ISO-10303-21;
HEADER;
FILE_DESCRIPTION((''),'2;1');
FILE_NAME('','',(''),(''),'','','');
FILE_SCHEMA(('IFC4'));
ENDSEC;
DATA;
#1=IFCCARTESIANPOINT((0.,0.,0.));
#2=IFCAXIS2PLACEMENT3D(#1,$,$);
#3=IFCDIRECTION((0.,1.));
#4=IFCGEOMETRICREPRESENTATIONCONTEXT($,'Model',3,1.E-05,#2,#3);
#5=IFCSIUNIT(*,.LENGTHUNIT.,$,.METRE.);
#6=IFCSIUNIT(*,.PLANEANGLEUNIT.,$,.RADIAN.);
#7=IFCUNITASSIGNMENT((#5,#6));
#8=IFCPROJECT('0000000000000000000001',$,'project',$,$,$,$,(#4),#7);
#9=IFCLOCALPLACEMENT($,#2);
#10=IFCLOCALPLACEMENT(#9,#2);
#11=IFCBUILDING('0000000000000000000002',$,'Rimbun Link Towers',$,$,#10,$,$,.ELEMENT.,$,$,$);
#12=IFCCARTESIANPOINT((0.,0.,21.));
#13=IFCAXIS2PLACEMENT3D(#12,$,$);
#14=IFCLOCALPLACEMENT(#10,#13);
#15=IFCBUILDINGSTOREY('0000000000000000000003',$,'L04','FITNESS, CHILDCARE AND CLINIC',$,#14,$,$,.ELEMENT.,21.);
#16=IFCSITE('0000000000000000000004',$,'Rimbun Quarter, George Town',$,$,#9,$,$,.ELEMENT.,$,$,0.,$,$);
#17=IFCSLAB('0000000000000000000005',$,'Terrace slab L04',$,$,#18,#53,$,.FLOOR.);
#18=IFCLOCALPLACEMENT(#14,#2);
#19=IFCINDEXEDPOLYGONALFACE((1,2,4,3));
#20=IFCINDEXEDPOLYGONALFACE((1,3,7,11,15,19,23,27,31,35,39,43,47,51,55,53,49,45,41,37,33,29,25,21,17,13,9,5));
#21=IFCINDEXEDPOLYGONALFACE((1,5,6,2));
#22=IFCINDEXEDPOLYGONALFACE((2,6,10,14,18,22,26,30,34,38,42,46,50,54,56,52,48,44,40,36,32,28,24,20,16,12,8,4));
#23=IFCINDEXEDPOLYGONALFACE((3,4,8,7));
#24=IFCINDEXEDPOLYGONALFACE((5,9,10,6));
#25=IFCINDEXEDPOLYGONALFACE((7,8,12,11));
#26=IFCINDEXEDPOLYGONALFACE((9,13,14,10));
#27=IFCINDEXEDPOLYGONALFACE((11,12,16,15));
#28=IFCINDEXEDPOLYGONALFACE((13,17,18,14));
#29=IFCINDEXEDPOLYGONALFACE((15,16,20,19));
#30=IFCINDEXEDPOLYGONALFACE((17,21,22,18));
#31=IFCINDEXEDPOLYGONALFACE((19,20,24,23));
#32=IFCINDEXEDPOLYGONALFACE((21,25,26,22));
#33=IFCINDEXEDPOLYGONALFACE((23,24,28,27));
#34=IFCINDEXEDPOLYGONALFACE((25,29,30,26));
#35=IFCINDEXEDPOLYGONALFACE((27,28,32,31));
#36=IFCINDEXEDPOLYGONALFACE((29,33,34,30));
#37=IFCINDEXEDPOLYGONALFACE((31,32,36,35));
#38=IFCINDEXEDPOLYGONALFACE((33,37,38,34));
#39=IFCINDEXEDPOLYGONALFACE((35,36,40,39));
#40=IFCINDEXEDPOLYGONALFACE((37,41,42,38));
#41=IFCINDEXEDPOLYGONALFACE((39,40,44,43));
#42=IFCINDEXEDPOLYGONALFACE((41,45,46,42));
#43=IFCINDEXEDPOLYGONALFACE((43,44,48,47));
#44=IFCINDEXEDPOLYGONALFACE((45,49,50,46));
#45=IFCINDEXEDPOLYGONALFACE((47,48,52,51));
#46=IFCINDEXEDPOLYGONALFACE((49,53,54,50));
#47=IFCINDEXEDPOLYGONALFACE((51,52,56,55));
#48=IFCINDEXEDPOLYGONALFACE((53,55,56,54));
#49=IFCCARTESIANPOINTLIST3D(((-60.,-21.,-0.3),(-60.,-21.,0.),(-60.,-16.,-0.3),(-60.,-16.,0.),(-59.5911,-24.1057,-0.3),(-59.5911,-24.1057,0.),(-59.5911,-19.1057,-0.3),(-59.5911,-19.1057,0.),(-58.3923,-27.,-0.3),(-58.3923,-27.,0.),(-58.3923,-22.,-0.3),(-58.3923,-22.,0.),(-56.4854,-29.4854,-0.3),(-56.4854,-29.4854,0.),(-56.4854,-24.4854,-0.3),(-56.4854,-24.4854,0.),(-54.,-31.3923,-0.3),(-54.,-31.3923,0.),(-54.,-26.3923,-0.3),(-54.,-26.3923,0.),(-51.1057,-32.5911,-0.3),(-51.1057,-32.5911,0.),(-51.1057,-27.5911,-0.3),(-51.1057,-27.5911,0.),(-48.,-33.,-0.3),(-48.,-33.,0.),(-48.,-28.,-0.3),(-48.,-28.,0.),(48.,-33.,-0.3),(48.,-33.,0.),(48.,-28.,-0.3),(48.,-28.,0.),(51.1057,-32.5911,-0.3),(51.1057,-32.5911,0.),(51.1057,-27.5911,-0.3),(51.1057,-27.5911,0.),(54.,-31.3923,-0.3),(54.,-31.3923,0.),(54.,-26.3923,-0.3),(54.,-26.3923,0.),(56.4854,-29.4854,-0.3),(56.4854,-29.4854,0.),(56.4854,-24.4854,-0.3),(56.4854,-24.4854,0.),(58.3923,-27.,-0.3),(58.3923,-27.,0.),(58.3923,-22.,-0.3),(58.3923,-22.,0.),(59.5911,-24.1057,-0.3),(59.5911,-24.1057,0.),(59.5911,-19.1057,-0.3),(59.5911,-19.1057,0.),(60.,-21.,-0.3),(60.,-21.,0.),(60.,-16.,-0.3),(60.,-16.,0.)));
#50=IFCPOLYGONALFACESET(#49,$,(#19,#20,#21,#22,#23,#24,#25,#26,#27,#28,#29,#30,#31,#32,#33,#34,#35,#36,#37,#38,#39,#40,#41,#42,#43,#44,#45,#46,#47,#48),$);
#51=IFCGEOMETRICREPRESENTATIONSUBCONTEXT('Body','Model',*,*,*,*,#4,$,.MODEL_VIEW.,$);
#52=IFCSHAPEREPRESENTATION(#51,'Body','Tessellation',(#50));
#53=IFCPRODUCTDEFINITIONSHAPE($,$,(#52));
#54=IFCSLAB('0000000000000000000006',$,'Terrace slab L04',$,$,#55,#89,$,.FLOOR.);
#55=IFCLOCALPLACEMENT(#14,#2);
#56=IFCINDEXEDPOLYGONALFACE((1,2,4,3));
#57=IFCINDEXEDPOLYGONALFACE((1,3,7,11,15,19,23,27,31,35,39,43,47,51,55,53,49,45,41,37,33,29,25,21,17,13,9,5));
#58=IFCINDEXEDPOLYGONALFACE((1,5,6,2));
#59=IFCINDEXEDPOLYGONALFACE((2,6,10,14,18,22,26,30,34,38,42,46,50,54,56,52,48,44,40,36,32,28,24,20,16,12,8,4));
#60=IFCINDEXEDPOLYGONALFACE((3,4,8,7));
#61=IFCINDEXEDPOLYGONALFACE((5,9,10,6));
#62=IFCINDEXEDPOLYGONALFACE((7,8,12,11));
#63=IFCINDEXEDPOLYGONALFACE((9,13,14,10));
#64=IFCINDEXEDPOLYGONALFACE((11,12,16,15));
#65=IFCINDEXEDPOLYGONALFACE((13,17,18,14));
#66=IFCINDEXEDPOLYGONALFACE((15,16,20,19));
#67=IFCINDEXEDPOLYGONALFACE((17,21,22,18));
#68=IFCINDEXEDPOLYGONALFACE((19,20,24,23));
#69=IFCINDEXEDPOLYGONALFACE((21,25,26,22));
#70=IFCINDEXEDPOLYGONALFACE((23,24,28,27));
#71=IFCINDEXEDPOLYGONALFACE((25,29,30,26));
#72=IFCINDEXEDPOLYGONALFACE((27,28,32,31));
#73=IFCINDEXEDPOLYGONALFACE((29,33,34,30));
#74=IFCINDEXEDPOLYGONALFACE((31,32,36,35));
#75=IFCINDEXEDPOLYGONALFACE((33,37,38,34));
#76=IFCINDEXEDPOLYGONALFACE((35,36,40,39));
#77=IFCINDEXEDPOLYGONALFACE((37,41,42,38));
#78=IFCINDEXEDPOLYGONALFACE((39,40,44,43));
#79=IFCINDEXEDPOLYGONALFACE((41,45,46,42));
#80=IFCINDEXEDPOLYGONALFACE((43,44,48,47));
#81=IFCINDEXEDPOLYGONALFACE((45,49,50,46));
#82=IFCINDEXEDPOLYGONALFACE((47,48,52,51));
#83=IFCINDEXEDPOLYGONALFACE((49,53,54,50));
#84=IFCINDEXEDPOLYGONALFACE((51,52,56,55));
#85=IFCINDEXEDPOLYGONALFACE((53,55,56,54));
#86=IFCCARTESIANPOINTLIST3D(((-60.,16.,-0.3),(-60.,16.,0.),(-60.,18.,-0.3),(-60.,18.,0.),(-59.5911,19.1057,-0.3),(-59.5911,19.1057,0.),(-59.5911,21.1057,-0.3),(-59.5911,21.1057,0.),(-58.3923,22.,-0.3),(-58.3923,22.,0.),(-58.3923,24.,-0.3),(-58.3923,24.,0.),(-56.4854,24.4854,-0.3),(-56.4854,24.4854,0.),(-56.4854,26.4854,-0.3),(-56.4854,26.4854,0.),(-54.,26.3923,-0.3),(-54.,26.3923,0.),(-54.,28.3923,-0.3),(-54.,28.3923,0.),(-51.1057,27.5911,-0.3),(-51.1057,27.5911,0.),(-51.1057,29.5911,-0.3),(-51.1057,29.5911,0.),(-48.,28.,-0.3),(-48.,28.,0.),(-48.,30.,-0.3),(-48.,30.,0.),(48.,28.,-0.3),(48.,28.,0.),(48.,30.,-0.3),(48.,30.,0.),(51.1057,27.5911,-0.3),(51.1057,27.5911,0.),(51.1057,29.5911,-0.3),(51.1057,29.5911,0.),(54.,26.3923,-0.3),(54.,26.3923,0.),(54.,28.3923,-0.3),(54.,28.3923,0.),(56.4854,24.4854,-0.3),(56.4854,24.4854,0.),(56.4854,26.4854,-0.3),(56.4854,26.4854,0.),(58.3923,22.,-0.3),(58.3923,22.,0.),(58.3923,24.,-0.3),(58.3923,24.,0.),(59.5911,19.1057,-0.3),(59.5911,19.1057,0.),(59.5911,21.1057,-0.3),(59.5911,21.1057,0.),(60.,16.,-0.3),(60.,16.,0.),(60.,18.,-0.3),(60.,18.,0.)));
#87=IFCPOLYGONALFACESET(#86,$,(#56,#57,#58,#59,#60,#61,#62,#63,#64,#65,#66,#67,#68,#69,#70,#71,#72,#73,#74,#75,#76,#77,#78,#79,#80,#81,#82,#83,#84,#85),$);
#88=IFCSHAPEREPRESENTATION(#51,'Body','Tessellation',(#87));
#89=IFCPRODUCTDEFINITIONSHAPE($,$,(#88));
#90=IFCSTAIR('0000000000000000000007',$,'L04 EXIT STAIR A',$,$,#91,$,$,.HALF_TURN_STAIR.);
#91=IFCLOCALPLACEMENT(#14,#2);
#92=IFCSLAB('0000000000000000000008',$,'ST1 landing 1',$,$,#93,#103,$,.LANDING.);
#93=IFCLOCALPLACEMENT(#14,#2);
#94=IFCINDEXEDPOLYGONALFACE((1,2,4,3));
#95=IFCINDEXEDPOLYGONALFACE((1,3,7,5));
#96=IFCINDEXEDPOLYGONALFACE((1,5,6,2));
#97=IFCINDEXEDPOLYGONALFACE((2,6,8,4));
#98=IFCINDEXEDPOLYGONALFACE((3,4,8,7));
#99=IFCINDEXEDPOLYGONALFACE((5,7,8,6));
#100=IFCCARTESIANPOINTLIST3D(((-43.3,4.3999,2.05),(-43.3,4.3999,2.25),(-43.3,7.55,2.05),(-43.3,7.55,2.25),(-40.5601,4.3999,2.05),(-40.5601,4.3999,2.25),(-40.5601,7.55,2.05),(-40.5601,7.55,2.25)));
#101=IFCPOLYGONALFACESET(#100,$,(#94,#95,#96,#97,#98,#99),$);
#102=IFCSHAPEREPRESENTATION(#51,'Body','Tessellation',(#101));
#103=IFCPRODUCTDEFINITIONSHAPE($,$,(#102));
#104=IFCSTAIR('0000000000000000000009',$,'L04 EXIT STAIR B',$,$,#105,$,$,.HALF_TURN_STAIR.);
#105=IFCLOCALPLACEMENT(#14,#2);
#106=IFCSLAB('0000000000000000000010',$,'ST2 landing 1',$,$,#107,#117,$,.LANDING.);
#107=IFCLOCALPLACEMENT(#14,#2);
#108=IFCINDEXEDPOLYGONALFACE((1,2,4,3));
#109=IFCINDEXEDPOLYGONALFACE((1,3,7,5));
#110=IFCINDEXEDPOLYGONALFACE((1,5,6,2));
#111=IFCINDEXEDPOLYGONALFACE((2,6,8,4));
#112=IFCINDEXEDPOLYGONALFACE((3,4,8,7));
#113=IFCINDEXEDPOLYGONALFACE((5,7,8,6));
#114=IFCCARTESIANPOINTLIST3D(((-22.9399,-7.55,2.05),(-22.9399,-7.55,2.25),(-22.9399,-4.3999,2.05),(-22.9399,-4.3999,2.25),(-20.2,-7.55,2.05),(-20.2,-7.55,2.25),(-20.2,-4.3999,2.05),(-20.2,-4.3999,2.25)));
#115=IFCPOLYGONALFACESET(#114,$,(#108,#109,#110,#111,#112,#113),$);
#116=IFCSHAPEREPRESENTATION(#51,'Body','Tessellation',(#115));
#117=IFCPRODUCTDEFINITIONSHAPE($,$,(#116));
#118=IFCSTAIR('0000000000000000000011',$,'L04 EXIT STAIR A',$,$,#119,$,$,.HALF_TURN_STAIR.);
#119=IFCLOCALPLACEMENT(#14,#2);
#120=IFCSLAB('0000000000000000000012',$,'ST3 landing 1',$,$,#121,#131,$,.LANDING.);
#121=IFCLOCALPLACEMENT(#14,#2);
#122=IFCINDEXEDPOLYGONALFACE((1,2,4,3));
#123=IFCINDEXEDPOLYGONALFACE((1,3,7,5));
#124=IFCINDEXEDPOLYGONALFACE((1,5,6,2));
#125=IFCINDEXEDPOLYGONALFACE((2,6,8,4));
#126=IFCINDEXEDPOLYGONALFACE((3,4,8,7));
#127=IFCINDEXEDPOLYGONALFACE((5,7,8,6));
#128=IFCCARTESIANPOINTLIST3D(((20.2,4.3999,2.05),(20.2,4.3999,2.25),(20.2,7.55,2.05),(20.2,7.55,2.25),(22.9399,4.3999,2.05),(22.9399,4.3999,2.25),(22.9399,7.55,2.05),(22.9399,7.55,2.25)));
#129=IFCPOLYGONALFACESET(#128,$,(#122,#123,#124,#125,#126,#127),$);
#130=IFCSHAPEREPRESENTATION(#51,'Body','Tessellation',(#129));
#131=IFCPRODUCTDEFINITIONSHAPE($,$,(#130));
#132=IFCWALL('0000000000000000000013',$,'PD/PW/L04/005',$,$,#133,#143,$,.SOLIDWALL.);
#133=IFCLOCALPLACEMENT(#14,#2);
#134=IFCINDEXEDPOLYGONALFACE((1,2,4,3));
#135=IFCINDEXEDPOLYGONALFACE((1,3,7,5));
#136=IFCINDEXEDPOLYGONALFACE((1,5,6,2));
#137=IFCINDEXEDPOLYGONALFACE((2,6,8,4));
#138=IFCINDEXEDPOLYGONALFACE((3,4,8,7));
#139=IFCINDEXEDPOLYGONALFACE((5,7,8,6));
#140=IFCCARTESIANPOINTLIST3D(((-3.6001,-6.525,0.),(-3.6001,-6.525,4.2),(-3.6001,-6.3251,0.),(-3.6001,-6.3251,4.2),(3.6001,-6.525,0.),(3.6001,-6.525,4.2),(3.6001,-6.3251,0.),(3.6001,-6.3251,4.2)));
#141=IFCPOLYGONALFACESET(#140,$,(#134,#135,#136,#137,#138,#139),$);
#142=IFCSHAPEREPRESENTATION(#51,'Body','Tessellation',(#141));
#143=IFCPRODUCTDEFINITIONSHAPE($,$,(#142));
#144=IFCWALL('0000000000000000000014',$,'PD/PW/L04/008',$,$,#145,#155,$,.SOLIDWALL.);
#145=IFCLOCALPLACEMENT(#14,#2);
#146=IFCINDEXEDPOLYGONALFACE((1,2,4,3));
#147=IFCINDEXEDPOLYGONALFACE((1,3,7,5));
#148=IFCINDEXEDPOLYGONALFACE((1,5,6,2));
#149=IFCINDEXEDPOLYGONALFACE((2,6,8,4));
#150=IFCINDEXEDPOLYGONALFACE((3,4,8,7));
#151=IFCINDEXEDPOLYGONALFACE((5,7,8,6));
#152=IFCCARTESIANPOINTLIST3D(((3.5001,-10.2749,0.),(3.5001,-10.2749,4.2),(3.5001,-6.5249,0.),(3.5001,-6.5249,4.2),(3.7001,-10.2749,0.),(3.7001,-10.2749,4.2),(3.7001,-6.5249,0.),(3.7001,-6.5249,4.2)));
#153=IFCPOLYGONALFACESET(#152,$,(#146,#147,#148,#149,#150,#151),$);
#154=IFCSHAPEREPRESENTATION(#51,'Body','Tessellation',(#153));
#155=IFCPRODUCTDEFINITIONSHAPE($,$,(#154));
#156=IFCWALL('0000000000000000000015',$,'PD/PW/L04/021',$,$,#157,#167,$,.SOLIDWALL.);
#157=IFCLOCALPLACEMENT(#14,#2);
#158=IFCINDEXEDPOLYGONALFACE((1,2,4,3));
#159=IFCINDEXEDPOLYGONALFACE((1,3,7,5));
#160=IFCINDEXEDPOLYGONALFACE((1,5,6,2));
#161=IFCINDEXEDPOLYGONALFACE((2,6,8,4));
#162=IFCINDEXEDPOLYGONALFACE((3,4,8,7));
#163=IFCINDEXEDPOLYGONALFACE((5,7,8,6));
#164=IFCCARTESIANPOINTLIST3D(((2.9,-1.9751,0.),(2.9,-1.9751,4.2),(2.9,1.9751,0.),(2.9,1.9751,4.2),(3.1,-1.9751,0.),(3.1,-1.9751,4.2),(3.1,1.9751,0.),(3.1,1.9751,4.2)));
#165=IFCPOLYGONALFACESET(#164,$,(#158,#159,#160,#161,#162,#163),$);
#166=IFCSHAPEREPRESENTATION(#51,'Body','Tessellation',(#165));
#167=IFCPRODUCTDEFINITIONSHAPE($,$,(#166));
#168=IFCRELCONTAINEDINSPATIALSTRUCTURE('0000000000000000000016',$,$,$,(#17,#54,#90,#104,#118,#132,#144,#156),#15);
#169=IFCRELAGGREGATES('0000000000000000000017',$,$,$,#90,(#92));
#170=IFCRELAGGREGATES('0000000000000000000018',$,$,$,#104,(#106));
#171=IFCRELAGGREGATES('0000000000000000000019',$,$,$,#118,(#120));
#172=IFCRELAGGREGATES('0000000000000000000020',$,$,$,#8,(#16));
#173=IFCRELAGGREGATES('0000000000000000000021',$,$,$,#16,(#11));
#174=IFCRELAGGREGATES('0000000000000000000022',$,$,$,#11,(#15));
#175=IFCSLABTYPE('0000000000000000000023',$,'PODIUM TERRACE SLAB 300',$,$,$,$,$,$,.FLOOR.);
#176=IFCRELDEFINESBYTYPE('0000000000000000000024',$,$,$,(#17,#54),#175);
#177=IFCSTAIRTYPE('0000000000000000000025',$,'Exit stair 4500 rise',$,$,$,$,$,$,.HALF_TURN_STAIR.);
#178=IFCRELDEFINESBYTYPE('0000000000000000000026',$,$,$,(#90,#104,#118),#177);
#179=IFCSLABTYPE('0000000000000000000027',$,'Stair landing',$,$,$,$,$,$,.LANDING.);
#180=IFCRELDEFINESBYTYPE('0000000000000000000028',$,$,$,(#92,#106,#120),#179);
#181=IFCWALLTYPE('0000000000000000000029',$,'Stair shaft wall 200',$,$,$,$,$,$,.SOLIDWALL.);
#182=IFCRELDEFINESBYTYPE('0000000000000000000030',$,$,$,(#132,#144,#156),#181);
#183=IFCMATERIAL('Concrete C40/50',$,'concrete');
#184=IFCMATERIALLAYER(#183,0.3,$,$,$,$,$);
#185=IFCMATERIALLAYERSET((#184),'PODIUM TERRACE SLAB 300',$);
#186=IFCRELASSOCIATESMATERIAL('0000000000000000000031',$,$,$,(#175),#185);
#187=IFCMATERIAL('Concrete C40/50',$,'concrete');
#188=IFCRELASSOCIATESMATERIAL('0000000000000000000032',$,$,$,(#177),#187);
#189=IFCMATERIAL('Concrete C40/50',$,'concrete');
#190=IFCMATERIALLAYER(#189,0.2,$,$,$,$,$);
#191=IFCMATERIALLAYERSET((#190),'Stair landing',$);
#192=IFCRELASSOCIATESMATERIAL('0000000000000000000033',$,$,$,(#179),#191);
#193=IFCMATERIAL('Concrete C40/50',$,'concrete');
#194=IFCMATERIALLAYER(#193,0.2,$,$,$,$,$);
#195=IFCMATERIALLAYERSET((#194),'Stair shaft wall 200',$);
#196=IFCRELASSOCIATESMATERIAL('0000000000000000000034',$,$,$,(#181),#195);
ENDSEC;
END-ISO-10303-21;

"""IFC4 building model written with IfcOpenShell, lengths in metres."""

from ifc_helpers import new_model, si_unit, direction, frame, frame_2d, origin, place, context, subcontext, project, spatial, polyline, rectangle, outline, extrude, material, layer, layer_set, type_object, element, aggregate, save


model = new_model("IFC4")

# Units and contexts
model_context = context("Model", 3, precision=1e-05, world=origin(), true_north=direction((0.0, 1.0)))
body_context = subcontext(model_context, "Body", "Model", "MODEL_VIEW")
ifc_project = project(units=[si_unit("LENGTHUNIT", "METRE"), si_unit("PLANEANGLEUNIT", "RADIAN")], contexts=[model_context])

# Site, building, storey
site_placement = place(None, origin())
site = spatial("IfcSite", under=ifc_project, at=site_placement, Name="Rimbun Quarter, George Town", CompositionType="ELEMENT", RefElevation=0.0)
building_placement = place(site_placement, origin())
building = spatial("IfcBuilding", under=site, at=building_placement, Name="Rimbun Link Towers", CompositionType="ELEMENT")
storey_placement = place(building_placement, frame((0.0, 0.0, 21.0)))
storey = spatial("IfcBuildingStorey", under=building, at=storey_placement, Name="L04", Description="FITNESS, CHILDCARE AND CLINIC", CompositionType="ELEMENT", Elevation=21.0)

# Slabs
ifc_material_1 = material(Name="Concrete C40/50", Category="concrete")
ifc_layer_1 = layer(ifc_material_1, 0.3)
ifc_layer_set_1 = layer_set([ifc_layer_1], Name="PODIUM TERRACE SLAB 300")
slab_type_1 = type_object("IfcSlabType", Name="PODIUM TERRACE SLAB 300", PredefinedType="FLOOR", material=ifc_layer_set_1)
slab_1_placement = place(storey_placement, frame((0.0, 0.0, -0.3)))
element("IfcSlab", 1, at=slab_1_placement, inside=storey, type_object=slab_type_1, Name="Terrace slab L04", PredefinedType="FLOOR", context=body_context, shape_type="SweptSolid", body=[
    extrude(outline(polyline([(59.5911, -24.1057), (58.3923, -27.0), (56.4854, -29.4854), (54.0, -31.3923), (51.1057, -32.5911), (48.0, -33.0), (-48.0, -33.0), (-51.1057, -32.5911), (-54.0, -31.3923), (-56.4854, -29.4854), (-58.3923, -27.0), (-59.5911, -24.1057), (-60.0, -21.0), (-60.0, -16.0), (-59.5911, -19.1057), (-58.3923, -22.0), (-56.4854, -24.4854), (-54.0, -26.3923), (-51.1057, -27.5911), (-48.0, -28.0), (48.0, -28.0), (51.1057, -27.5911), (54.0, -26.3923), (56.4854, -24.4854), (58.3923, -22.0), (59.5911, -19.1057), (60.0, -16.0), (60.0, -21.0), (59.5911, -24.1057)])), origin(), (0.0, 0.0, 1.0), 0.3),
])
slab_2_placement = place(storey_placement, frame((0.0, 0.0, -0.3)))
element("IfcSlab", 2, at=slab_2_placement, inside=storey, type_object=slab_type_1, Name="Terrace slab L04", PredefinedType="FLOOR", context=body_context, shape_type="SweptSolid", body=[
    extrude(outline(polyline([(-59.5911, 21.1057), (-58.3923, 24.0), (-56.4854, 26.4854), (-54.0, 28.3923), (-51.1057, 29.5911), (-48.0, 30.0), (48.0, 30.0), (51.1057, 29.5911), (54.0, 28.3923), (56.4854, 26.4854), (58.3923, 24.0), (59.5911, 21.1057), (60.0, 18.0), (60.0, 16.0), (59.5911, 19.1057), (58.3923, 22.0), (56.4854, 24.4854), (54.0, 26.3923), (51.1057, 27.5911), (48.0, 28.0), (-48.0, 28.0), (-51.1057, 27.5911), (-54.0, 26.3923), (-56.4854, 24.4854), (-58.3923, 22.0), (-59.5911, 19.1057), (-60.0, 16.0), (-60.0, 18.0), (-59.5911, 21.1057)])), origin(), (0.0, 0.0, 1.0), 0.3),
])

# Stairs, slabs
ifc_material_2 = material(Name="Concrete C40/50", Category="concrete")
stair_type_1 = type_object("IfcStairType", Name="Exit stair 4500 rise", PredefinedType="HALF_TURN_STAIR", material=ifc_material_2)
stair_1_placement = place(storey_placement, origin())
stair_1 = element("IfcStair", 3, at=stair_1_placement, inside=storey, type_object=stair_type_1, Name="L04 EXIT STAIR A", PredefinedType="HALF_TURN_STAIR")
ifc_material_3 = material(Name="Concrete C40/50", Category="concrete")
ifc_layer_2 = layer(ifc_material_3, 0.2)
ifc_layer_set_2 = layer_set([ifc_layer_2], Name="Stair landing")
slab_type_2 = type_object("IfcSlabType", Name="Stair landing", PredefinedType="LANDING", material=ifc_layer_set_2)
slab_3_placement = place(storey_placement, frame((0.0, 0.0, 2.05)))
slab_3 = element("IfcSlab", 4, at=slab_3_placement, type_object=slab_type_2, Name="ST1 landing 1", PredefinedType="LANDING", context=body_context, shape_type="SweptSolid", body=[
    extrude(outline(polyline([(-40.5601, 7.55), (-43.3, 7.55), (-43.3, 4.3999), (-40.5601, 4.3999), (-40.5601, 7.55)])), origin(), (0.0, 0.0, 1.0), 0.2),
])
aggregate(stair_1, [slab_3])
stair_2_placement = place(storey_placement, origin())
stair_2 = element("IfcStair", 5, at=stair_2_placement, inside=storey, type_object=stair_type_1, Name="L04 EXIT STAIR B", PredefinedType="HALF_TURN_STAIR")
slab_4_placement = place(storey_placement, frame((0.0, 0.0, 2.05)))
slab_4 = element("IfcSlab", 6, at=slab_4_placement, type_object=slab_type_2, Name="ST2 landing 1", PredefinedType="LANDING", context=body_context, shape_type="SweptSolid", body=[
    extrude(outline(polyline([(-22.9399, -7.55), (-20.2, -7.55), (-20.2, -4.3999), (-22.9399, -4.3999), (-22.9399, -7.55)])), origin(), (0.0, 0.0, 1.0), 0.2),
])
aggregate(stair_2, [slab_4])
stair_3_placement = place(storey_placement, origin())
stair_3 = element("IfcStair", 7, at=stair_3_placement, inside=storey, type_object=stair_type_1, Name="L04 EXIT STAIR A", PredefinedType="HALF_TURN_STAIR")
slab_5_placement = place(storey_placement, frame((0.0, 0.0, 2.05)))
slab_5 = element("IfcSlab", 8, at=slab_5_placement, type_object=slab_type_2, Name="ST3 landing 1", PredefinedType="LANDING", context=body_context, shape_type="SweptSolid", body=[
    extrude(outline(polyline([(22.9399, 7.55), (20.2, 7.55), (20.2, 4.3999), (22.9399, 4.3999), (22.9399, 7.55)])), origin(), (0.0, 0.0, 1.0), 0.2),
])
aggregate(stair_3, [slab_5])

# Walls
ifc_material_4 = material(Name="Concrete C40/50", Category="concrete")
ifc_layer_3 = layer(ifc_material_4, 0.2)
ifc_layer_set_3 = layer_set([ifc_layer_3], Name="Stair shaft wall 200")
wall_type = type_object("IfcWallType", Name="Stair shaft wall 200", PredefinedType="SOLIDWALL", material=ifc_layer_set_3)
wall_1_placement = place(storey_placement, frame((3.6001, -6.425, 0.0), z_axis=(0.0, 0.0, 1.0), x_axis=(-1.0, 0.0, 0.0)))
element("IfcWall", 9, at=wall_1_placement, inside=storey, type_object=wall_type, Name="PD/PW/L04/005", PredefinedType="SOLIDWALL", context=body_context, shape_type="SweptSolid", body=[
    extrude(rectangle(XDim=7.2002, YDim=0.2, at=frame_2d((3.6001, 0.0))), origin(), (0.0, 0.0, 1.0), 4.2),
])
wall_2_placement = place(storey_placement, frame((3.6001, -10.2749, 0.0), z_axis=(0.0, 0.0, 1.0), x_axis=(0.0, 1.0, 0.0)))
element("IfcWall", 10, at=wall_2_placement, inside=storey, type_object=wall_type, Name="PD/PW/L04/008", PredefinedType="SOLIDWALL", context=body_context, shape_type="SweptSolid", body=[
    extrude(rectangle(XDim=3.75, YDim=0.2, at=frame_2d((1.875, 0.0))), origin(), (0.0, 0.0, 1.0), 4.2),
])
wall_3_placement = place(storey_placement, frame((3.0, -1.9751, 0.0), z_axis=(0.0, 0.0, 1.0), x_axis=(0.0, 1.0, 0.0)))
element("IfcWall", 11, at=wall_3_placement, inside=storey, type_object=wall_type, Name="PD/PW/L04/021", PredefinedType="SOLIDWALL", context=body_context, shape_type="SweptSolid", body=[
    extrude(rectangle(XDim=3.9502, YDim=0.2, at=frame_2d((1.9751, 0.0))), origin(), (0.0, 0.0, 1.0), 4.2),
])

save(model, "model.ifc")
